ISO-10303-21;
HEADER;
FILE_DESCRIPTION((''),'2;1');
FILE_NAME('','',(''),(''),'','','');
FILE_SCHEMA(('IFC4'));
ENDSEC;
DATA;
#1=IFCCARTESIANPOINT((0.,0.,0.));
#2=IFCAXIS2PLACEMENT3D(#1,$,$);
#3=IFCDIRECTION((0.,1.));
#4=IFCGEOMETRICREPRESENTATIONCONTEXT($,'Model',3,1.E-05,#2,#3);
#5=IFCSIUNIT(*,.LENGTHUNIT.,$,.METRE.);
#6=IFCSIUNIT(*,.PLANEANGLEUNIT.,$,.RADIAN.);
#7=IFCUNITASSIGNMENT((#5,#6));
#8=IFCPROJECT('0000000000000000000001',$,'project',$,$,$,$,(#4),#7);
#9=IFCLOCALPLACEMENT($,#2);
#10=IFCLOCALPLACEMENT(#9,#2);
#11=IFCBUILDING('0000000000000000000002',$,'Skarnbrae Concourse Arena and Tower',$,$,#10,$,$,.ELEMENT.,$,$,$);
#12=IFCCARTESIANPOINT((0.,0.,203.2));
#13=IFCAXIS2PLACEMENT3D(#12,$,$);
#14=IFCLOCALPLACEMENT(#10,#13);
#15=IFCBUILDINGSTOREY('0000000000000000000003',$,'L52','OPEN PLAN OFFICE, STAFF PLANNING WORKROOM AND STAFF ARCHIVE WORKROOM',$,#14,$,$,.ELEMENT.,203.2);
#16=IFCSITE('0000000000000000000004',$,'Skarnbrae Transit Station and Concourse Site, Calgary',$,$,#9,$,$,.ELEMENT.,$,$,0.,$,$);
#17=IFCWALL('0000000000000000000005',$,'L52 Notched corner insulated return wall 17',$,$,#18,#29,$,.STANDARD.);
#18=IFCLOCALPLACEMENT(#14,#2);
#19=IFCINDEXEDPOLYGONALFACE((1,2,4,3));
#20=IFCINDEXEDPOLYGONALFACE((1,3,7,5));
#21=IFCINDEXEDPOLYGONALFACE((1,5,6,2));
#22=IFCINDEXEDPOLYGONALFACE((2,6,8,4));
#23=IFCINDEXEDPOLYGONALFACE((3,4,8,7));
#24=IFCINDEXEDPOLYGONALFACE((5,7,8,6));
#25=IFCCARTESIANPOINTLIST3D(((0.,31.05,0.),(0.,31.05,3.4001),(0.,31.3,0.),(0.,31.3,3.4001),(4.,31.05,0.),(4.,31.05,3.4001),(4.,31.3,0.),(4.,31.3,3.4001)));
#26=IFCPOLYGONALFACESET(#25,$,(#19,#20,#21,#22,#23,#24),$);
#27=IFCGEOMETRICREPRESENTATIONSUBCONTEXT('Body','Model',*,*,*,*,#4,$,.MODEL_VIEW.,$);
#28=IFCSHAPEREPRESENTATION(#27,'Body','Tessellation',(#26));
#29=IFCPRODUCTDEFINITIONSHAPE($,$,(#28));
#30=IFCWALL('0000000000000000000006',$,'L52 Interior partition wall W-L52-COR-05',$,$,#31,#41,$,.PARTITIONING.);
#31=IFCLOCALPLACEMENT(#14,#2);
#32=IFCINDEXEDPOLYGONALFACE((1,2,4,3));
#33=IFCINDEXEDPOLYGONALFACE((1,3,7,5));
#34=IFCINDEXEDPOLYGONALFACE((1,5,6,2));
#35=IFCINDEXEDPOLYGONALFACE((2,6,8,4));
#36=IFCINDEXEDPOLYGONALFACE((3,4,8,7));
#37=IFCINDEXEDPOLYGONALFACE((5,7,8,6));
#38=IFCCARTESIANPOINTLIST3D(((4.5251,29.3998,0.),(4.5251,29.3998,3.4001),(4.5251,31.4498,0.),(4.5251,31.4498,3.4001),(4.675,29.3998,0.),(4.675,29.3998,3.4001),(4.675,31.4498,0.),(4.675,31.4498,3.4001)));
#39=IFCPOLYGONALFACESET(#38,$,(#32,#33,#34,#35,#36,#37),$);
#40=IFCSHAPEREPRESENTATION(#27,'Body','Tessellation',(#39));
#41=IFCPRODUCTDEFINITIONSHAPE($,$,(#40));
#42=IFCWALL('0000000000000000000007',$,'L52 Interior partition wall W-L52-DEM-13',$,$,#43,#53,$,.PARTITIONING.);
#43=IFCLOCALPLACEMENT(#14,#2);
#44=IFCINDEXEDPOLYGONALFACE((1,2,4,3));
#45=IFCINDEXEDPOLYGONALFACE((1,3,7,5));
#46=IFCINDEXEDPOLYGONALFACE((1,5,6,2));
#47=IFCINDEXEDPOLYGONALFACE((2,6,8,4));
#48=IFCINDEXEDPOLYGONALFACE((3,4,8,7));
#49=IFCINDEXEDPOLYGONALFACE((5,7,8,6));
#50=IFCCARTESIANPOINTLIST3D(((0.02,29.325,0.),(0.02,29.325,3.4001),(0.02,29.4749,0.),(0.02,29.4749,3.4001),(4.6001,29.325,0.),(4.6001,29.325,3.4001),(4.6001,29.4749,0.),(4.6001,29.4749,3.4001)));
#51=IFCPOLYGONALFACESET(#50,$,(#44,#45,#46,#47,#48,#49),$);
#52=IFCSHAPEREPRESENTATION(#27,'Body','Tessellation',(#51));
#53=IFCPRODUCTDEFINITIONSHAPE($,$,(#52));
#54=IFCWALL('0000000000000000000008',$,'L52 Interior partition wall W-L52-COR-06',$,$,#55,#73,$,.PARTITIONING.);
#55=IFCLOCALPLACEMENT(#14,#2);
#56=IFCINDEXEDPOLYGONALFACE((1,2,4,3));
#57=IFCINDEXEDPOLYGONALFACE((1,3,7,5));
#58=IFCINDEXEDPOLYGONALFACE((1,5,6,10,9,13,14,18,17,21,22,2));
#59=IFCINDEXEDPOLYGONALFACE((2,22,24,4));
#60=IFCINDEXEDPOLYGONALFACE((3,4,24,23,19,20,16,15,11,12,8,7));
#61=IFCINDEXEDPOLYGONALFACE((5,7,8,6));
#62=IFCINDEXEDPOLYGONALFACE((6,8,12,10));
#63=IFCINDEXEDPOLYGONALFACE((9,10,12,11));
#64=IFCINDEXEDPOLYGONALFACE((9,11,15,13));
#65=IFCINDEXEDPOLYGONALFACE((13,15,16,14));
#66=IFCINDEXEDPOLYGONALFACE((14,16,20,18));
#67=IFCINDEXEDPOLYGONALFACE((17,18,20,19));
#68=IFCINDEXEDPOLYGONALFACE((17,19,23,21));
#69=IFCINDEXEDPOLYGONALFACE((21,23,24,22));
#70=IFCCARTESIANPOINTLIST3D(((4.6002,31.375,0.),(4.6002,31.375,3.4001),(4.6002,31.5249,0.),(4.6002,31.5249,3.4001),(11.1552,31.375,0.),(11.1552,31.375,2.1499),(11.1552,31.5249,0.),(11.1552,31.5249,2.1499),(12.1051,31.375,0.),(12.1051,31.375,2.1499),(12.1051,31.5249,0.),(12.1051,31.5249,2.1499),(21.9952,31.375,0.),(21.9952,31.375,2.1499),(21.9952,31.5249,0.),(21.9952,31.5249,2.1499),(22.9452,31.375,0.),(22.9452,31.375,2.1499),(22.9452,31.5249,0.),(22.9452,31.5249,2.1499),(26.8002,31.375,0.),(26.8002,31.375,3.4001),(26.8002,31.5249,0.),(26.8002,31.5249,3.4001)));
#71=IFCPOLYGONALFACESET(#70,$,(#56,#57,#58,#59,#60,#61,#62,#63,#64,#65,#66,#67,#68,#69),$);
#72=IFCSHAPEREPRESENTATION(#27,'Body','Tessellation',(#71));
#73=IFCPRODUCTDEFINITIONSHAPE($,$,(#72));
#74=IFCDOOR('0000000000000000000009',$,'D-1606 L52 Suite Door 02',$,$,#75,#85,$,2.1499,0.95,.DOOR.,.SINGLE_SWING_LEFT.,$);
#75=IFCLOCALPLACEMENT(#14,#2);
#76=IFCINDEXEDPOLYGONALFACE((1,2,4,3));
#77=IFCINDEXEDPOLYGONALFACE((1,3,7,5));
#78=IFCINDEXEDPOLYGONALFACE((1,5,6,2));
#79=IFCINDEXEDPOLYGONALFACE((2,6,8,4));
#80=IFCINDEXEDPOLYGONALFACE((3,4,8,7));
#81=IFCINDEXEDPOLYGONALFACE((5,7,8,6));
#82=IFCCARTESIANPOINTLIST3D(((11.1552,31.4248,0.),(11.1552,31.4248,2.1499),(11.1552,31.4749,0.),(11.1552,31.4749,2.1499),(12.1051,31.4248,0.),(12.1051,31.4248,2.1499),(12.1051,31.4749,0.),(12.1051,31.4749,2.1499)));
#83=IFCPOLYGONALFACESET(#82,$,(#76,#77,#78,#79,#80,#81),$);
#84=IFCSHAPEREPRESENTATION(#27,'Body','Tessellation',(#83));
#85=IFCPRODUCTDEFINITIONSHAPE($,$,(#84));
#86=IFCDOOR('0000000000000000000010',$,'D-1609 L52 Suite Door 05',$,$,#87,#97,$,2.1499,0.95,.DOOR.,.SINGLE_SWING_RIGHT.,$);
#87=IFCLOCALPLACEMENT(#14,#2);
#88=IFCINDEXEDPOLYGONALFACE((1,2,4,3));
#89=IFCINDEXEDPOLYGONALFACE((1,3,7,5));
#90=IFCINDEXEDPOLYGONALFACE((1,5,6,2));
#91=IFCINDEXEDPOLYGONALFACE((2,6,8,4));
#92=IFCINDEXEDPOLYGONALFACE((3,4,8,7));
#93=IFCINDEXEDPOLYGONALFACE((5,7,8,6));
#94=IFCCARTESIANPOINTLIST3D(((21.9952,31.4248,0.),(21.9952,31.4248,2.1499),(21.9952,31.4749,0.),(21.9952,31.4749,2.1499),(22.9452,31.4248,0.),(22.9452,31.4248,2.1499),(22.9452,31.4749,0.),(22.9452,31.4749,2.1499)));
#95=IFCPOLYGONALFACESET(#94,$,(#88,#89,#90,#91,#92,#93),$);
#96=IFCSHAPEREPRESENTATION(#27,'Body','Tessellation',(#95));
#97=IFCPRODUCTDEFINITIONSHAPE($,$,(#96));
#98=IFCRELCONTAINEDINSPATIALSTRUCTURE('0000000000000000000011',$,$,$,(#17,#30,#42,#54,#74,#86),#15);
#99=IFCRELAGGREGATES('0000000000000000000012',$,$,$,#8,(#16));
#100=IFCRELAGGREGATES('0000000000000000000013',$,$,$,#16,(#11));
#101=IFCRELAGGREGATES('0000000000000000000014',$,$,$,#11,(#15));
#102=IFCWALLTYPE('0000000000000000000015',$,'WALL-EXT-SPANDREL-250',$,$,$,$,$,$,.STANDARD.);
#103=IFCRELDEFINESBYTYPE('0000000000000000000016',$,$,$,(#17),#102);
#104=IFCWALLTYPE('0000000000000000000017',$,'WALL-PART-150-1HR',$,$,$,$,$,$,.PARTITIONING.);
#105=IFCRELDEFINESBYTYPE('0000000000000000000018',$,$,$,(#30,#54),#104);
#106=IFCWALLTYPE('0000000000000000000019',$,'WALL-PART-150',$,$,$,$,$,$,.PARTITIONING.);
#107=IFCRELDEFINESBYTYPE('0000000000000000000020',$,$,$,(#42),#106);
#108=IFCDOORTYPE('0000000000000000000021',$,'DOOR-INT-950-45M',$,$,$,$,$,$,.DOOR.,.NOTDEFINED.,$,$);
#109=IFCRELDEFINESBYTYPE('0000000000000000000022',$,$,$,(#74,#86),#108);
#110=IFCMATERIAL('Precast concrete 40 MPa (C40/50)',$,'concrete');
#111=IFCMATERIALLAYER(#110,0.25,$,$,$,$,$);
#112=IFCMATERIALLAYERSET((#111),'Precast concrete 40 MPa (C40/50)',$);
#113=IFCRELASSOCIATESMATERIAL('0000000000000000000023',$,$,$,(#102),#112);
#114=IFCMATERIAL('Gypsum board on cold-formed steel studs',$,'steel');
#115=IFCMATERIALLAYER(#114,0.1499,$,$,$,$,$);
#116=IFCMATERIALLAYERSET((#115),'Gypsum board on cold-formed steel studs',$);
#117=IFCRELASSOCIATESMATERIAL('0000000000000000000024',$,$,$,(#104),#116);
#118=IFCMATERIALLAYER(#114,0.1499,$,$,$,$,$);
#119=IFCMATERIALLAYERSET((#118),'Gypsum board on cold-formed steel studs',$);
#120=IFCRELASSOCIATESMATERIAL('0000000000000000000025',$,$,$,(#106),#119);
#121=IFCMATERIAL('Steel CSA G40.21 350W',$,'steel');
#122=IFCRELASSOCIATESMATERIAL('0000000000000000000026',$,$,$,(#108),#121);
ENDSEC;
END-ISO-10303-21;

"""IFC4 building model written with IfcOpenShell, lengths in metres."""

from ifc_helpers import new_model, si_unit, direction, frame, frame_2d, origin, place, context, subcontext, project, spatial, rectangle, extrude, source, transform, mapped, material, layer, layer_set, type_object, element, fill, save


model = new_model("IFC4")

# Units and contexts
model_context = context("Model", 3, precision=1e-05, world=origin(), true_north=direction((0.0, 1.0)))
body_context = subcontext(model_context, "Body", "Model", "MODEL_VIEW")
ifc_project = project(units=[si_unit("LENGTHUNIT", "METRE"), si_unit("PLANEANGLEUNIT", "RADIAN")], contexts=[model_context])

# Site, building, storey
site_placement = place(None, origin())
site = spatial("IfcSite", under=ifc_project, at=site_placement, Name="Skarnbrae Transit Station and Concourse Site, Calgary", CompositionType="ELEMENT", RefElevation=0.0)
building_placement = place(site_placement, origin())
building = spatial("IfcBuilding", under=site, at=building_placement, Name="Skarnbrae Concourse Arena and Tower", CompositionType="ELEMENT")
storey_placement = place(building_placement, frame((0.0, 0.0, 203.2)))
storey = spatial("IfcBuildingStorey", under=building, at=storey_placement, Name="L52", Description="OPEN PLAN OFFICE, STAFF PLANNING WORKROOM AND STAFF ARCHIVE WORKROOM", CompositionType="ELEMENT", Elevation=203.2)

# Shared definitions
ifc_material_1 = material(Name="Steel CSA G40.21 350W", Category="steel")

# Walls
ifc_material_2 = material(Name="Precast concrete 40 MPa (C40/50)", Category="concrete")
ifc_layer_1 = layer(ifc_material_2, 0.25)
ifc_layer_set_1 = layer_set([ifc_layer_1], Name="Precast concrete 40 MPa (C40/50)")
wall_type_1 = type_object("IfcWallType", Name="WALL-EXT-SPANDREL-250", PredefinedType="STANDARD", material=ifc_layer_set_1)
shared_shape_1 = source(origin(), body_context, "Body", "SweptSolid", [
    extrude(rectangle(XDim=4.0, YDim=0.25, at=frame_2d((2.0, 0.0))), origin(), (0.0, 0.0, 1.0), 3.4001),
])
for number, where, z_axis, x_axis, name in (
    (1, (4.0, 31.175, 0.0), (0.0, 0.0, 1.0), (-1.0, 0.0, 0.0), "L52 Notched corner insulated return wall 17"),
):
    element("IfcWall", number, at=place(storey_placement, frame(where, z_axis=z_axis, x_axis=x_axis)), inside=storey, type_object=wall_type_1, Name=name, PredefinedType="STANDARD", context=body_context, shape_type="MappedRepresentation", body=[
        mapped(shared_shape_1, transform((0.0, 0.0, 0.0))),
    ])
ifc_material_3 = material(Name="Gypsum board on cold-formed steel studs", Category="steel")
ifc_layer_2 = layer(ifc_material_3, 0.1499)
ifc_layer_set_2 = layer_set([ifc_layer_2], Name="Gypsum board on cold-formed steel studs")
wall_type_2 = type_object("IfcWallType", Name="WALL-PART-150-1HR", PredefinedType="PARTITIONING", material=ifc_layer_set_2)
shared_shape_2 = source(origin(), body_context, "Body", "SweptSolid", [
    extrude(rectangle(XDim=2.05, YDim=0.1499, at=frame_2d((1.0249, 0.0))), origin(), (0.0, 0.0, 1.0), 3.4001),
])
wall_1_placement = place(storey_placement, frame((4.6001, 29.3999, 0.0), z_axis=(0.0, 0.0, 1.0), x_axis=(0.0, 1.0, 0.0)))
element("IfcWall", 2, at=wall_1_placement, inside=storey, type_object=wall_type_2, Name="L52 Interior partition wall W-L52-COR-05", PredefinedType="PARTITIONING", context=body_context, shape_type="MappedRepresentation", body=[
    mapped(shared_shape_2, transform((0.0, 0.0, 0.0))),
])
ifc_layer_3 = layer(ifc_material_3, 0.1499)
ifc_layer_set_3 = layer_set([ifc_layer_3], Name="Gypsum board on cold-formed steel studs")
wall_type_3 = type_object("IfcWallType", Name="WALL-PART-150", PredefinedType="PARTITIONING", material=ifc_layer_set_3)
shared_shape_3 = source(origin(), body_context, "Body", "SweptSolid", [
    extrude(rectangle(XDim=4.5801, YDim=0.1499, at=frame_2d((2.29, 0.0))), origin(), (0.0, 0.0, 1.0), 3.4001),
])
wall_2_placement = place(storey_placement, frame((0.02, 29.3999, 0.0), z_axis=(0.0, 0.0, 1.0), x_axis=(1.0, 0.0, 0.0)))
element("IfcWall", 3, at=wall_2_placement, inside=storey, type_object=wall_type_3, Name="L52 Interior partition wall W-L52-DEM-13", PredefinedType="PARTITIONING", context=body_context, shape_type="MappedRepresentation", body=[
    mapped(shared_shape_3, transform((0.0, 0.0, 0.0))),
])

# Wall, openings, doors
shared_shape_4 = source(origin(), body_context, "Body", "SweptSolid", [
    extrude(rectangle(XDim=22.2, YDim=0.1499, at=frame_2d((11.1001, 0.0))), origin(), (0.0, 0.0, 1.0), 3.4001),
])
wall_3_placement = place(storey_placement, frame((4.6001, 31.45, 0.0), z_axis=(0.0, 0.0, 1.0), x_axis=(1.0, 0.0, 0.0)))
wall_3 = element("IfcWall", 4, at=wall_3_placement, inside=storey, type_object=wall_type_2, Name="L52 Interior partition wall W-L52-COR-06", PredefinedType="PARTITIONING", context=body_context, shape_type="MappedRepresentation", body=[
    mapped(shared_shape_4, transform((0.0, 0.0, 0.0))),
])
opening_1_placement = place(wall_3_placement, frame((6.5549, 0.0, 0.0)))
opening_1 = element("IfcOpeningElement", 5, at=opening_1_placement, cuts=wall_3, PredefinedType="OPENING", context=body_context, shape_type="SweptSolid", body=[
    extrude(rectangle(XDim=0.95, YDim=2.1499, at=frame_2d((0.4751, 1.075))), frame((0.0, 0.085, 0.0), z_axis=(0.0, -1.0, 0.0), x_axis=(1.0, 0.0, 0.0)), (0.0, 0.0, 1.0), 0.1699),
])
opening_2_placement = place(wall_3_placement, frame((17.395, 0.0, 0.0)))
opening_2 = element("IfcOpeningElement", 6, at=opening_2_placement, cuts=wall_3, PredefinedType="OPENING", context=body_context, shape_type="SweptSolid", body=[
    extrude(rectangle(XDim=0.95, YDim=2.1499, at=frame_2d((0.4751, 1.075))), frame((0.0, 0.085, 0.0), z_axis=(0.0, -1.0, 0.0), x_axis=(1.0, 0.0, 0.0)), (0.0, 0.0, 1.0), 0.1699),
])
door_type = type_object("IfcDoorType", Name="DOOR-INT-950-45M", OperationType="NOTDEFINED", PredefinedType="DOOR", material=ifc_material_1)
shared_shape_5 = source(origin(), body_context, "Body", "SweptSolid", [
    extrude(rectangle(XDim=0.95, YDim=2.1499, at=frame_2d((0.4751, 1.075))), frame((0.0, 0.0249, 0.0), z_axis=(0.0, -1.0, 0.0), x_axis=(1.0, 0.0, 0.0)), (0.0, 0.0, 1.0), 0.05),
])
door_1_placement = place(opening_1_placement, origin())
door_1 = element("IfcDoor", 7, at=door_1_placement, inside=storey, type_object=door_type, Name="D-1606 L52 Suite Door 02", OperationType="SINGLE_SWING_LEFT", OverallHeight=2.1499, OverallWidth=0.95, PredefinedType="DOOR", context=body_context, shape_type="MappedRepresentation", body=[
    mapped(shared_shape_5, transform((0.0, 0.0, 0.0))),
])
fill(opening_1, door_1)
door_2_placement = place(opening_2_placement, origin())
door_2 = element("IfcDoor", 8, at=door_2_placement, inside=storey, type_object=door_type, Name="D-1609 L52 Suite Door 05", OperationType="SINGLE_SWING_RIGHT", OverallHeight=2.1499, OverallWidth=0.95, PredefinedType="DOOR", context=body_context, shape_type="MappedRepresentation", body=[
    mapped(shared_shape_5, transform((0.0, 0.0, 0.0))),
])
fill(opening_2, door_2)

save(model, "model.ifc")
